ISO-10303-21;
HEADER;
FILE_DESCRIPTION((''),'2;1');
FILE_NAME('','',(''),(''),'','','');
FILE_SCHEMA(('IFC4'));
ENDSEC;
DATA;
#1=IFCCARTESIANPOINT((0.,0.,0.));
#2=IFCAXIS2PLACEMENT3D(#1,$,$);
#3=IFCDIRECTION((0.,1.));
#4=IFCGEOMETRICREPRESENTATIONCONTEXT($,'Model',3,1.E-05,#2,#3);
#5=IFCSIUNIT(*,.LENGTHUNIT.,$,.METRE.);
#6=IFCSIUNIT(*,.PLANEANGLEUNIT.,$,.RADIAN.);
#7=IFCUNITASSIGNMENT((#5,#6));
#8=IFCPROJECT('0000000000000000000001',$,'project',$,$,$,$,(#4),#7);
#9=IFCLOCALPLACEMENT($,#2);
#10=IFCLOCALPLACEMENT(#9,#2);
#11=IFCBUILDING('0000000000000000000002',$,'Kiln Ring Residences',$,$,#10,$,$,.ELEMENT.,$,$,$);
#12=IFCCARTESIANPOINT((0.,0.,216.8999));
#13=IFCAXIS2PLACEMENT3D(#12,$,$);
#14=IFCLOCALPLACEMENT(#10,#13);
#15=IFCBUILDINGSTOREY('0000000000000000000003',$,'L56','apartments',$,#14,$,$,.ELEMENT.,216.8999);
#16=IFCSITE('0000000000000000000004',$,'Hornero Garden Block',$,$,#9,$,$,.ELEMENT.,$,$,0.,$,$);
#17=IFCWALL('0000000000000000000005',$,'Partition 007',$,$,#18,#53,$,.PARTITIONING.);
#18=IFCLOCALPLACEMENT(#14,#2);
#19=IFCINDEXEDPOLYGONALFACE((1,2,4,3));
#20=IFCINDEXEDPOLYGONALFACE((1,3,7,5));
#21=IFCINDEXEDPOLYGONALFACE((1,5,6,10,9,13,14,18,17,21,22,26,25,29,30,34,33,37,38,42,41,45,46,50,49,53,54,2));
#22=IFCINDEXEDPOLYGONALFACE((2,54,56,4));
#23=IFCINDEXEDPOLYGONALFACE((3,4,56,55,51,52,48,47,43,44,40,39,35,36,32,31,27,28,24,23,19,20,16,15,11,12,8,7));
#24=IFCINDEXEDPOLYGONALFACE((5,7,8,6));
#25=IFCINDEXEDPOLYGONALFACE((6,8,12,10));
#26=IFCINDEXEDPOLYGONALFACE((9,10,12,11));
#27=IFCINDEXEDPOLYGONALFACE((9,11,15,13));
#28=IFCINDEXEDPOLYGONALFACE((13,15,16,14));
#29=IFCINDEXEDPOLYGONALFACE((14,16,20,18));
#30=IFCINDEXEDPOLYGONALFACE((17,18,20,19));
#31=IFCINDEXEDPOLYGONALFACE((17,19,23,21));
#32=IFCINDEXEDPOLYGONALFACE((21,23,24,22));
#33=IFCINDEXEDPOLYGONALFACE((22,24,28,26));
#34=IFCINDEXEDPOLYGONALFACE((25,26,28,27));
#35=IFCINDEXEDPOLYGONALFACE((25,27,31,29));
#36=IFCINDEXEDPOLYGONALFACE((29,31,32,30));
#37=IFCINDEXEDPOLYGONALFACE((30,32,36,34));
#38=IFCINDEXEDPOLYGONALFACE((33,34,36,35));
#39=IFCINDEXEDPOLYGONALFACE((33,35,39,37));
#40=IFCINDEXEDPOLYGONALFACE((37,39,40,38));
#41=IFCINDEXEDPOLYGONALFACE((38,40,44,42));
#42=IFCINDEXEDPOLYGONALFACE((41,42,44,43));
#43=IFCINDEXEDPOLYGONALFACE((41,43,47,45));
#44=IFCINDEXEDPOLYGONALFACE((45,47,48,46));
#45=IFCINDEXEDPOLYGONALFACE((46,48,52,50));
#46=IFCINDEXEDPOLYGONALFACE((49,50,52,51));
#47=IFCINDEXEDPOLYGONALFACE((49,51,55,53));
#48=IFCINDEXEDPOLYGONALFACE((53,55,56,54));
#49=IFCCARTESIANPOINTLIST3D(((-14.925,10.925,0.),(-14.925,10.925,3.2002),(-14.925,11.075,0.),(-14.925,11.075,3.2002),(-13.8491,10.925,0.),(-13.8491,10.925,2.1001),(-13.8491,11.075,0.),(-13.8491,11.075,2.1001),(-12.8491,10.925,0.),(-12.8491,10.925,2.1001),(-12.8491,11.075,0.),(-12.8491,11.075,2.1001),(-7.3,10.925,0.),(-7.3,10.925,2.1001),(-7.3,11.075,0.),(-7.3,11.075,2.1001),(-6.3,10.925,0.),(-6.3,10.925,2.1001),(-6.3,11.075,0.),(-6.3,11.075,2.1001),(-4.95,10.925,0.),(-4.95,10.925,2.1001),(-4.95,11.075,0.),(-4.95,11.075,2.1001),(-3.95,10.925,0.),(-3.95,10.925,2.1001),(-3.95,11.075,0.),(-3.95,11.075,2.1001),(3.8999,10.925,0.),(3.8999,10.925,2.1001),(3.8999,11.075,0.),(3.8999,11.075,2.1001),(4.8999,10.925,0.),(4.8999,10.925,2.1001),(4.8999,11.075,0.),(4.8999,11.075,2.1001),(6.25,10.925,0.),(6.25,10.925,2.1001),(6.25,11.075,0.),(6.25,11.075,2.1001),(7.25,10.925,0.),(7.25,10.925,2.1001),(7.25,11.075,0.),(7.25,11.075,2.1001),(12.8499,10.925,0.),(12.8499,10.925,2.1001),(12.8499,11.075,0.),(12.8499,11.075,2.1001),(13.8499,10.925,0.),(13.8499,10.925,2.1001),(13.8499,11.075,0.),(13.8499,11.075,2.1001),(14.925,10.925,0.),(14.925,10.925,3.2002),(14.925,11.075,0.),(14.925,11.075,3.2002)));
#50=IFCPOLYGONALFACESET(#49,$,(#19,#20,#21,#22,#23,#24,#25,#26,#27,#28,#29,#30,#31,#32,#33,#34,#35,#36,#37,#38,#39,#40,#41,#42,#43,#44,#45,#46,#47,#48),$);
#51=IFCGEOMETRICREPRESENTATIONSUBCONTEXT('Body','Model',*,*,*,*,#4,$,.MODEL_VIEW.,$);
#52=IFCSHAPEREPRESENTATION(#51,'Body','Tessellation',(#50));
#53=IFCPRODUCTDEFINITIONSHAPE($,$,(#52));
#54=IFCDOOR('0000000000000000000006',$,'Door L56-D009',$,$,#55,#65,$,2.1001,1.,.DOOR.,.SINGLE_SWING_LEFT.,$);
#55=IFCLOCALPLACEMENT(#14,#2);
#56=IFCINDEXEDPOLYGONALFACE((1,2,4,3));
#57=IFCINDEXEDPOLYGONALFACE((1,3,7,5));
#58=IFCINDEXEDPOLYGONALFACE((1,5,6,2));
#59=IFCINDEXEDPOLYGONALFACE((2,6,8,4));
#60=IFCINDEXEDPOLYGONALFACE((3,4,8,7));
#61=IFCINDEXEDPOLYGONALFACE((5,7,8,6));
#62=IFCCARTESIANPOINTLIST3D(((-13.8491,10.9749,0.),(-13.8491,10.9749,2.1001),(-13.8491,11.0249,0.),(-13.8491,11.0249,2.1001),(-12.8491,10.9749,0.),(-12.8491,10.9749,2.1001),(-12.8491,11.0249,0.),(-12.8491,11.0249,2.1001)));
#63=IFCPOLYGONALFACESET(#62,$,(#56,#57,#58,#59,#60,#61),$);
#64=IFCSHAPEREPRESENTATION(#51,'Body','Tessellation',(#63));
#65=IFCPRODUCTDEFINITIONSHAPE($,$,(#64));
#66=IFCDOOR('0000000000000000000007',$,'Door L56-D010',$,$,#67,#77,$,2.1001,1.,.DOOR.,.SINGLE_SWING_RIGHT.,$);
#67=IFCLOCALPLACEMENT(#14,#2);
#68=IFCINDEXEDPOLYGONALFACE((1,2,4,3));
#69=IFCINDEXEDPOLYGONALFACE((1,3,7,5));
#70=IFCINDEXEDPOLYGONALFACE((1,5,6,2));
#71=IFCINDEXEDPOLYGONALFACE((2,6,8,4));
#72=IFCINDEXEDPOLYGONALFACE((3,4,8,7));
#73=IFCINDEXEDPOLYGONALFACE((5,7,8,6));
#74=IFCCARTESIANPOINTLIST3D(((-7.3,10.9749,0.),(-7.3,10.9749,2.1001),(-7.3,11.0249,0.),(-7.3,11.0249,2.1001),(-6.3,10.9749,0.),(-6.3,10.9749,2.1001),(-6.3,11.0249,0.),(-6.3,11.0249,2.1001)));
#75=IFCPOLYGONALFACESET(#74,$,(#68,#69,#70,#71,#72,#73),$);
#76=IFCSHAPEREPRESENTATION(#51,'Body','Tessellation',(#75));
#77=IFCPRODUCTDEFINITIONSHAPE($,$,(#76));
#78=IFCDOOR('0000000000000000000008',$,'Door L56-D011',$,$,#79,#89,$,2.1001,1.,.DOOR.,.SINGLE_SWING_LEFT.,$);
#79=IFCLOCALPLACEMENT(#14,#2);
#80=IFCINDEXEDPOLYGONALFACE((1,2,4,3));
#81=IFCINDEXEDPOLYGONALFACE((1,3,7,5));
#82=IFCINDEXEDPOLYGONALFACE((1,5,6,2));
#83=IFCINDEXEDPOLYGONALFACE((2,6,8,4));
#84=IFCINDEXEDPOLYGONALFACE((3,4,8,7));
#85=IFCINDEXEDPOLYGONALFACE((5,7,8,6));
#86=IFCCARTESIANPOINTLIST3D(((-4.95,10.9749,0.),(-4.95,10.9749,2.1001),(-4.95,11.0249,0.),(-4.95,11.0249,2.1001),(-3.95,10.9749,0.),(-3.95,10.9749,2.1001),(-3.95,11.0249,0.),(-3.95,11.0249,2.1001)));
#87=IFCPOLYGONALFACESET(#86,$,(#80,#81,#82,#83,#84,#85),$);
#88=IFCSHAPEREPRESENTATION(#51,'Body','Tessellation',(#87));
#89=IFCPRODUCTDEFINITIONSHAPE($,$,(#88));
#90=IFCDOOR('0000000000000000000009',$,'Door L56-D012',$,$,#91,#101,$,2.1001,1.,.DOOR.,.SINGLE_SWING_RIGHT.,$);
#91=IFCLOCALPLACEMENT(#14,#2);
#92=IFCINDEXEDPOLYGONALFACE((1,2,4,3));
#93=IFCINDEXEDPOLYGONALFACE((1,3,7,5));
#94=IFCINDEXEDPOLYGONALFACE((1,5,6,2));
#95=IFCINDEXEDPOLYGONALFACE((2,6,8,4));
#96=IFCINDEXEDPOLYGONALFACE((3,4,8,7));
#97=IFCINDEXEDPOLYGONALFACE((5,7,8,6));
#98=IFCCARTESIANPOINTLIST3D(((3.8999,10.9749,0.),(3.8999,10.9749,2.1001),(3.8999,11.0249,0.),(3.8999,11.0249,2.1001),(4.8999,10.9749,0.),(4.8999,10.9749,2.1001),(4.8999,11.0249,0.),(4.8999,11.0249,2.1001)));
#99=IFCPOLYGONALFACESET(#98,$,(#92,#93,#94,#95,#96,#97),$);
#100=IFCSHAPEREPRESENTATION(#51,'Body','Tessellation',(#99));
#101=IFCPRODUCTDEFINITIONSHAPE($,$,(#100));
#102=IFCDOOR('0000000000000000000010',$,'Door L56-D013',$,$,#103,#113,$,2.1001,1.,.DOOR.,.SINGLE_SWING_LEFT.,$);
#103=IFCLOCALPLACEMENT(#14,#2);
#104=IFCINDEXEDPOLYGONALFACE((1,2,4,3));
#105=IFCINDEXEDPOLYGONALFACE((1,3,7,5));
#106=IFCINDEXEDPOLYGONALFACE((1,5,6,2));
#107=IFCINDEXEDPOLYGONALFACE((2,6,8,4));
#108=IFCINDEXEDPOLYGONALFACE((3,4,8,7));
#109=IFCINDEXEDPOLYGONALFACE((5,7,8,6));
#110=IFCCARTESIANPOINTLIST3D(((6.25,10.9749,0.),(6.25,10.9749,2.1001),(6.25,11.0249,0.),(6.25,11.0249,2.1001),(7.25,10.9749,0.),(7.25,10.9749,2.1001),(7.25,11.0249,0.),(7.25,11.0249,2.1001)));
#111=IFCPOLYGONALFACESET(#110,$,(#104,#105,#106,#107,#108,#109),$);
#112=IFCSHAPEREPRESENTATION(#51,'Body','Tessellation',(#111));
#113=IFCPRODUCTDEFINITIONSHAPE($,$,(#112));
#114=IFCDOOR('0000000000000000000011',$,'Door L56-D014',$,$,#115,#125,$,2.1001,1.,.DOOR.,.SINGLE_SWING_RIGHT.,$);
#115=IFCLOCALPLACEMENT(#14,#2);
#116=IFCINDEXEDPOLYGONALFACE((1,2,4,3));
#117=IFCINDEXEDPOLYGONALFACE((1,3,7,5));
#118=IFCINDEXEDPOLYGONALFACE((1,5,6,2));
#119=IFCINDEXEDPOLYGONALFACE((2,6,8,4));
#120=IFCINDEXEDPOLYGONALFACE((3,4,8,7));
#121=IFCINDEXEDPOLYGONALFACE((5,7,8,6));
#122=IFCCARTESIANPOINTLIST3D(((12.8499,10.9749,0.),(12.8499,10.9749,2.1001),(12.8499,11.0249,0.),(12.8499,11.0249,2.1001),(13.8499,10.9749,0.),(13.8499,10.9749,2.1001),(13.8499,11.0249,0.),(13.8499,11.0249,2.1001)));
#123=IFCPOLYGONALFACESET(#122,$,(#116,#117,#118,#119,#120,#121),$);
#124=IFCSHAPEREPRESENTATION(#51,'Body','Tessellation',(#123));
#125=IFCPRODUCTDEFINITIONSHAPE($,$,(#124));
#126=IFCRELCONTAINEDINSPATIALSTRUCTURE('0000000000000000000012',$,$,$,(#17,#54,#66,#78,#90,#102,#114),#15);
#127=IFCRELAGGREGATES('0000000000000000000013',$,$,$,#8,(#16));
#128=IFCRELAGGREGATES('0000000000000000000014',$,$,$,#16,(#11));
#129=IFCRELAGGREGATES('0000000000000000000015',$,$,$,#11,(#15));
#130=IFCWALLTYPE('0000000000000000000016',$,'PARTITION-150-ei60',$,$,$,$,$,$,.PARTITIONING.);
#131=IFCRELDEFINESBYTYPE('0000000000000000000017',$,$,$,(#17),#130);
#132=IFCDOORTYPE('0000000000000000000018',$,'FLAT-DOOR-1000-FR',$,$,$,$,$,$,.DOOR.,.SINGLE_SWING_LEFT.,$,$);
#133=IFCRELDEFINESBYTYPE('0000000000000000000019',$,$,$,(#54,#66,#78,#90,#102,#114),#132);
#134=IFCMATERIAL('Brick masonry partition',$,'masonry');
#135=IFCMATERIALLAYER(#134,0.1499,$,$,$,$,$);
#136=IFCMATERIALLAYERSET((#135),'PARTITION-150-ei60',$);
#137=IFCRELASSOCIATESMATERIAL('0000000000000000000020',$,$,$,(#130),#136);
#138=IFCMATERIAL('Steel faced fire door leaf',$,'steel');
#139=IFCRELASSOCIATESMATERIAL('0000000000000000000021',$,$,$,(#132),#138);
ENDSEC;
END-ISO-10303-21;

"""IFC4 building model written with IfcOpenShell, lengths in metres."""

from ifc_helpers import new_model, si_unit, direction, frame, frame_2d, origin, place, context, subcontext, project, spatial, rectangle, extrude, material, layer, layer_set, type_object, element, fill, save


model = new_model("IFC4")

# Units and contexts
model_context = context("Model", 3, precision=1e-05, world=origin(), true_north=direction((0.0, 1.0)))
body_context = subcontext(model_context, "Body", "Model", "MODEL_VIEW")
ifc_project = project(units=[si_unit("LENGTHUNIT", "METRE"), si_unit("PLANEANGLEUNIT", "RADIAN")], contexts=[model_context])

# Site, building, storey
site_placement = place(None, origin())
site = spatial("IfcSite", under=ifc_project, at=site_placement, Name="Hornero Garden Block", CompositionType="ELEMENT", RefElevation=0.0)
building_placement = place(site_placement, origin())
building = spatial("IfcBuilding", under=site, at=building_placement, Name="Kiln Ring Residences", CompositionType="ELEMENT")
storey_placement = place(building_placement, frame((0.0, 0.0, 216.8999)))
storey = spatial("IfcBuildingStorey", under=building, at=storey_placement, Name="L56", Description="apartments", CompositionType="ELEMENT", Elevation=216.8999)

# Wall, openings, doors
ifc_material_1 = material(Name="Brick masonry partition", Category="masonry")
ifc_layer_1 = layer(ifc_material_1, 0.1499)
ifc_layer_set_1 = layer_set([ifc_layer_1], Name="PARTITION-150-ei60")
wall_type = type_object("IfcWallType", Name="PARTITION-150-ei60", PredefinedType="PARTITIONING", material=ifc_layer_set_1)
wall_1_placement = place(storey_placement, frame((-14.925, 11.0, 0.0), z_axis=(0.0, 0.0, 1.0), x_axis=(1.0, 0.0, 0.0)))
wall_1 = element("IfcWall", 1, at=wall_1_placement, inside=storey, type_object=wall_type, Name="Partition 007", PredefinedType="PARTITIONING", context=body_context, shape_type="SweptSolid", body=[
    extrude(rectangle(XDim=29.8501, YDim=0.1499, at=frame_2d((14.925, 0.0))), origin(), (0.0, 0.0, 1.0), 3.2002),
])
opening_1_placement = place(wall_1_placement, frame((1.0759, 0.0, 0.0)))
opening_1 = element("IfcOpeningElement", 2, at=opening_1_placement, cuts=wall_1, PredefinedType="OPENING", context=body_context, shape_type="SweptSolid", body=[
    extrude(rectangle(XDim=1.0, YDim=2.1001, at=frame_2d((0.5, 1.05))), frame((0.0, 0.085, 0.0), z_axis=(0.0, -1.0, 0.0), x_axis=(1.0, 0.0, 0.0)), (0.0, 0.0, 1.0), 0.1699),
])
opening_2_placement = place(wall_1_placement, frame((7.625, 0.0, 0.0)))
opening_2 = element("IfcOpeningElement", 3, at=opening_2_placement, cuts=wall_1, PredefinedType="OPENING", context=body_context, shape_type="SweptSolid", body=[
    extrude(rectangle(XDim=1.0, YDim=2.1001, at=frame_2d((0.5, 1.05))), frame((0.0, 0.085, 0.0), z_axis=(0.0, -1.0, 0.0), x_axis=(1.0, 0.0, 0.0)), (0.0, 0.0, 1.0), 0.1699),
])
opening_3_placement = place(wall_1_placement, frame((9.9751, 0.0, 0.0)))
opening_3 = element("IfcOpeningElement", 4, at=opening_3_placement, cuts=wall_1, PredefinedType="OPENING", context=body_context, shape_type="SweptSolid", body=[
    extrude(rectangle(XDim=1.0, YDim=2.1001, at=frame_2d((0.5, 1.05))), frame((0.0, 0.085, 0.0), z_axis=(0.0, -1.0, 0.0), x_axis=(1.0, 0.0, 0.0)), (0.0, 0.0, 1.0), 0.1699),
])
opening_4_placement = place(wall_1_placement, frame((18.825, 0.0, 0.0)))
opening_4 = element("IfcOpeningElement", 5, at=opening_4_placement, cuts=wall_1, PredefinedType="OPENING", context=body_context, shape_type="SweptSolid", body=[
    extrude(rectangle(XDim=1.0, YDim=2.1001, at=frame_2d((0.5, 1.05))), frame((0.0, 0.085, 0.0), z_axis=(0.0, -1.0, 0.0), x_axis=(1.0, 0.0, 0.0)), (0.0, 0.0, 1.0), 0.1699),
])
opening_5_placement = place(wall_1_placement, frame((21.175, 0.0, 0.0)))
opening_5 = element("IfcOpeningElement", 6, at=opening_5_placement, cuts=wall_1, PredefinedType="OPENING", context=body_context, shape_type="SweptSolid", body=[
    extrude(rectangle(XDim=1.0, YDim=2.1001, at=frame_2d((0.5, 1.05))), frame((0.0, 0.085, 0.0), z_axis=(0.0, -1.0, 0.0), x_axis=(1.0, 0.0, 0.0)), (0.0, 0.0, 1.0), 0.1699),
])
opening_6_placement = place(wall_1_placement, frame((27.7749, 0.0, 0.0)))
opening_6 = element("IfcOpeningElement", 7, at=opening_6_placement, cuts=wall_1, PredefinedType="OPENING", context=body_context, shape_type="SweptSolid", body=[
    extrude(rectangle(XDim=1.0, YDim=2.1001, at=frame_2d((0.5, 1.05))), frame((0.0, 0.085, 0.0), z_axis=(0.0, -1.0, 0.0), x_axis=(1.0, 0.0, 0.0)), (0.0, 0.0, 1.0), 0.1699),
])
ifc_material_2 = material(Name="Steel faced fire door leaf", Category="steel")
door_type = type_object("IfcDoorType", Name="FLAT-DOOR-1000-FR", OperationType="SINGLE_SWING_LEFT", PredefinedType="DOOR", material=ifc_material_2)
door_1_placement = place(opening_1_placement, origin())
door_1 = element("IfcDoor", 8, at=door_1_placement, inside=storey, type_object=door_type, Name="Door L56-D009", OperationType="SINGLE_SWING_LEFT", OverallHeight=2.1001, OverallWidth=1.0, PredefinedType="DOOR", context=body_context, shape_type="SweptSolid", body=[
    extrude(rectangle(XDim=1.0, YDim=2.1001, at=frame_2d((0.5, 1.05))), frame((0.0, 0.0249, 0.0), z_axis=(0.0, -1.0, 0.0), x_axis=(1.0, 0.0, 0.0)), (0.0, 0.0, 1.0), 0.05),
])
fill(opening_1, door_1)
door_2_placement = place(opening_2_placement, origin())
door_2 = element("IfcDoor", 9, at=door_2_placement, inside=storey, type_object=door_type, Name="Door L56-D010", OperationType="SINGLE_SWING_RIGHT", OverallHeight=2.1001, OverallWidth=1.0, PredefinedType="DOOR", context=body_context, shape_type="SweptSolid", body=[
    extrude(rectangle(XDim=1.0, YDim=2.1001, at=frame_2d((0.5, 1.05))), frame((0.0, 0.0249, 0.0), z_axis=(0.0, -1.0, 0.0), x_axis=(1.0, 0.0, 0.0)), (0.0, 0.0, 1.0), 0.05),
])
fill(opening_2, door_2)
door_3_placement = place(opening_3_placement, origin())
door_3 = element("IfcDoor", 10, at=door_3_placement, inside=storey, type_object=door_type, Name="Door L56-D011", OperationType="SINGLE_SWING_LEFT", OverallHeight=2.1001, OverallWidth=1.0, PredefinedType="DOOR", context=body_context, shape_type="SweptSolid", body=[
    extrude(rectangle(XDim=1.0, YDim=2.1001, at=frame_2d((0.5, 1.05))), frame((0.0, 0.0249, 0.0), z_axis=(0.0, -1.0, 0.0), x_axis=(1.0, 0.0, 0.0)), (0.0, 0.0, 1.0), 0.05),
])
fill(opening_3, door_3)
door_4_placement = place(opening_4_placement, origin())
door_4 = element("IfcDoor", 11, at=door_4_placement, inside=storey, type_object=door_type, Name="Door L56-D012", OperationType="SINGLE_SWING_RIGHT", OverallHeight=2.1001, OverallWidth=1.0, PredefinedType="DOOR", context=body_context, shape_type="SweptSolid", body=[
    extrude(rectangle(XDim=1.0, YDim=2.1001, at=frame_2d((0.5, 1.05))), frame((0.0, 0.0249, 0.0), z_axis=(0.0, -1.0, 0.0), x_axis=(1.0, 0.0, 0.0)), (0.0, 0.0, 1.0), 0.05),
])
fill(opening_4, door_4)
door_5_placement = place(opening_5_placement, origin())
door_5 = element("IfcDoor", 12, at=door_5_placement, inside=storey, type_object=door_type, Name="Door L56-D013", OperationType="SINGLE_SWING_LEFT", OverallHeight=2.1001, OverallWidth=1.0, PredefinedType="DOOR", context=body_context, shape_type="SweptSolid", body=[
    extrude(rectangle(XDim=1.0, YDim=2.1001, at=frame_2d((0.5, 1.05))), frame((0.0, 0.0249, 0.0), z_axis=(0.0, -1.0, 0.0), x_axis=(1.0, 0.0, 0.0)), (0.0, 0.0, 1.0), 0.05),
])
fill(opening_5, door_5)
door_6_placement = place(opening_6_placement, origin())
door_6 = element("IfcDoor", 13, at=door_6_placement, inside=storey, type_object=door_type, Name="Door L56-D014", OperationType="SINGLE_SWING_RIGHT", OverallHeight=2.1001, OverallWidth=1.0, PredefinedType="DOOR", context=body_context, shape_type="SweptSolid", body=[
    extrude(rectangle(XDim=1.0, YDim=2.1001, at=frame_2d((0.5, 1.05))), frame((0.0, 0.0249, 0.0), z_axis=(0.0, -1.0, 0.0), x_axis=(1.0, 0.0, 0.0)), (0.0, 0.0, 1.0), 0.05),
])
fill(opening_6, door_6)

save(model, "model.ifc")
